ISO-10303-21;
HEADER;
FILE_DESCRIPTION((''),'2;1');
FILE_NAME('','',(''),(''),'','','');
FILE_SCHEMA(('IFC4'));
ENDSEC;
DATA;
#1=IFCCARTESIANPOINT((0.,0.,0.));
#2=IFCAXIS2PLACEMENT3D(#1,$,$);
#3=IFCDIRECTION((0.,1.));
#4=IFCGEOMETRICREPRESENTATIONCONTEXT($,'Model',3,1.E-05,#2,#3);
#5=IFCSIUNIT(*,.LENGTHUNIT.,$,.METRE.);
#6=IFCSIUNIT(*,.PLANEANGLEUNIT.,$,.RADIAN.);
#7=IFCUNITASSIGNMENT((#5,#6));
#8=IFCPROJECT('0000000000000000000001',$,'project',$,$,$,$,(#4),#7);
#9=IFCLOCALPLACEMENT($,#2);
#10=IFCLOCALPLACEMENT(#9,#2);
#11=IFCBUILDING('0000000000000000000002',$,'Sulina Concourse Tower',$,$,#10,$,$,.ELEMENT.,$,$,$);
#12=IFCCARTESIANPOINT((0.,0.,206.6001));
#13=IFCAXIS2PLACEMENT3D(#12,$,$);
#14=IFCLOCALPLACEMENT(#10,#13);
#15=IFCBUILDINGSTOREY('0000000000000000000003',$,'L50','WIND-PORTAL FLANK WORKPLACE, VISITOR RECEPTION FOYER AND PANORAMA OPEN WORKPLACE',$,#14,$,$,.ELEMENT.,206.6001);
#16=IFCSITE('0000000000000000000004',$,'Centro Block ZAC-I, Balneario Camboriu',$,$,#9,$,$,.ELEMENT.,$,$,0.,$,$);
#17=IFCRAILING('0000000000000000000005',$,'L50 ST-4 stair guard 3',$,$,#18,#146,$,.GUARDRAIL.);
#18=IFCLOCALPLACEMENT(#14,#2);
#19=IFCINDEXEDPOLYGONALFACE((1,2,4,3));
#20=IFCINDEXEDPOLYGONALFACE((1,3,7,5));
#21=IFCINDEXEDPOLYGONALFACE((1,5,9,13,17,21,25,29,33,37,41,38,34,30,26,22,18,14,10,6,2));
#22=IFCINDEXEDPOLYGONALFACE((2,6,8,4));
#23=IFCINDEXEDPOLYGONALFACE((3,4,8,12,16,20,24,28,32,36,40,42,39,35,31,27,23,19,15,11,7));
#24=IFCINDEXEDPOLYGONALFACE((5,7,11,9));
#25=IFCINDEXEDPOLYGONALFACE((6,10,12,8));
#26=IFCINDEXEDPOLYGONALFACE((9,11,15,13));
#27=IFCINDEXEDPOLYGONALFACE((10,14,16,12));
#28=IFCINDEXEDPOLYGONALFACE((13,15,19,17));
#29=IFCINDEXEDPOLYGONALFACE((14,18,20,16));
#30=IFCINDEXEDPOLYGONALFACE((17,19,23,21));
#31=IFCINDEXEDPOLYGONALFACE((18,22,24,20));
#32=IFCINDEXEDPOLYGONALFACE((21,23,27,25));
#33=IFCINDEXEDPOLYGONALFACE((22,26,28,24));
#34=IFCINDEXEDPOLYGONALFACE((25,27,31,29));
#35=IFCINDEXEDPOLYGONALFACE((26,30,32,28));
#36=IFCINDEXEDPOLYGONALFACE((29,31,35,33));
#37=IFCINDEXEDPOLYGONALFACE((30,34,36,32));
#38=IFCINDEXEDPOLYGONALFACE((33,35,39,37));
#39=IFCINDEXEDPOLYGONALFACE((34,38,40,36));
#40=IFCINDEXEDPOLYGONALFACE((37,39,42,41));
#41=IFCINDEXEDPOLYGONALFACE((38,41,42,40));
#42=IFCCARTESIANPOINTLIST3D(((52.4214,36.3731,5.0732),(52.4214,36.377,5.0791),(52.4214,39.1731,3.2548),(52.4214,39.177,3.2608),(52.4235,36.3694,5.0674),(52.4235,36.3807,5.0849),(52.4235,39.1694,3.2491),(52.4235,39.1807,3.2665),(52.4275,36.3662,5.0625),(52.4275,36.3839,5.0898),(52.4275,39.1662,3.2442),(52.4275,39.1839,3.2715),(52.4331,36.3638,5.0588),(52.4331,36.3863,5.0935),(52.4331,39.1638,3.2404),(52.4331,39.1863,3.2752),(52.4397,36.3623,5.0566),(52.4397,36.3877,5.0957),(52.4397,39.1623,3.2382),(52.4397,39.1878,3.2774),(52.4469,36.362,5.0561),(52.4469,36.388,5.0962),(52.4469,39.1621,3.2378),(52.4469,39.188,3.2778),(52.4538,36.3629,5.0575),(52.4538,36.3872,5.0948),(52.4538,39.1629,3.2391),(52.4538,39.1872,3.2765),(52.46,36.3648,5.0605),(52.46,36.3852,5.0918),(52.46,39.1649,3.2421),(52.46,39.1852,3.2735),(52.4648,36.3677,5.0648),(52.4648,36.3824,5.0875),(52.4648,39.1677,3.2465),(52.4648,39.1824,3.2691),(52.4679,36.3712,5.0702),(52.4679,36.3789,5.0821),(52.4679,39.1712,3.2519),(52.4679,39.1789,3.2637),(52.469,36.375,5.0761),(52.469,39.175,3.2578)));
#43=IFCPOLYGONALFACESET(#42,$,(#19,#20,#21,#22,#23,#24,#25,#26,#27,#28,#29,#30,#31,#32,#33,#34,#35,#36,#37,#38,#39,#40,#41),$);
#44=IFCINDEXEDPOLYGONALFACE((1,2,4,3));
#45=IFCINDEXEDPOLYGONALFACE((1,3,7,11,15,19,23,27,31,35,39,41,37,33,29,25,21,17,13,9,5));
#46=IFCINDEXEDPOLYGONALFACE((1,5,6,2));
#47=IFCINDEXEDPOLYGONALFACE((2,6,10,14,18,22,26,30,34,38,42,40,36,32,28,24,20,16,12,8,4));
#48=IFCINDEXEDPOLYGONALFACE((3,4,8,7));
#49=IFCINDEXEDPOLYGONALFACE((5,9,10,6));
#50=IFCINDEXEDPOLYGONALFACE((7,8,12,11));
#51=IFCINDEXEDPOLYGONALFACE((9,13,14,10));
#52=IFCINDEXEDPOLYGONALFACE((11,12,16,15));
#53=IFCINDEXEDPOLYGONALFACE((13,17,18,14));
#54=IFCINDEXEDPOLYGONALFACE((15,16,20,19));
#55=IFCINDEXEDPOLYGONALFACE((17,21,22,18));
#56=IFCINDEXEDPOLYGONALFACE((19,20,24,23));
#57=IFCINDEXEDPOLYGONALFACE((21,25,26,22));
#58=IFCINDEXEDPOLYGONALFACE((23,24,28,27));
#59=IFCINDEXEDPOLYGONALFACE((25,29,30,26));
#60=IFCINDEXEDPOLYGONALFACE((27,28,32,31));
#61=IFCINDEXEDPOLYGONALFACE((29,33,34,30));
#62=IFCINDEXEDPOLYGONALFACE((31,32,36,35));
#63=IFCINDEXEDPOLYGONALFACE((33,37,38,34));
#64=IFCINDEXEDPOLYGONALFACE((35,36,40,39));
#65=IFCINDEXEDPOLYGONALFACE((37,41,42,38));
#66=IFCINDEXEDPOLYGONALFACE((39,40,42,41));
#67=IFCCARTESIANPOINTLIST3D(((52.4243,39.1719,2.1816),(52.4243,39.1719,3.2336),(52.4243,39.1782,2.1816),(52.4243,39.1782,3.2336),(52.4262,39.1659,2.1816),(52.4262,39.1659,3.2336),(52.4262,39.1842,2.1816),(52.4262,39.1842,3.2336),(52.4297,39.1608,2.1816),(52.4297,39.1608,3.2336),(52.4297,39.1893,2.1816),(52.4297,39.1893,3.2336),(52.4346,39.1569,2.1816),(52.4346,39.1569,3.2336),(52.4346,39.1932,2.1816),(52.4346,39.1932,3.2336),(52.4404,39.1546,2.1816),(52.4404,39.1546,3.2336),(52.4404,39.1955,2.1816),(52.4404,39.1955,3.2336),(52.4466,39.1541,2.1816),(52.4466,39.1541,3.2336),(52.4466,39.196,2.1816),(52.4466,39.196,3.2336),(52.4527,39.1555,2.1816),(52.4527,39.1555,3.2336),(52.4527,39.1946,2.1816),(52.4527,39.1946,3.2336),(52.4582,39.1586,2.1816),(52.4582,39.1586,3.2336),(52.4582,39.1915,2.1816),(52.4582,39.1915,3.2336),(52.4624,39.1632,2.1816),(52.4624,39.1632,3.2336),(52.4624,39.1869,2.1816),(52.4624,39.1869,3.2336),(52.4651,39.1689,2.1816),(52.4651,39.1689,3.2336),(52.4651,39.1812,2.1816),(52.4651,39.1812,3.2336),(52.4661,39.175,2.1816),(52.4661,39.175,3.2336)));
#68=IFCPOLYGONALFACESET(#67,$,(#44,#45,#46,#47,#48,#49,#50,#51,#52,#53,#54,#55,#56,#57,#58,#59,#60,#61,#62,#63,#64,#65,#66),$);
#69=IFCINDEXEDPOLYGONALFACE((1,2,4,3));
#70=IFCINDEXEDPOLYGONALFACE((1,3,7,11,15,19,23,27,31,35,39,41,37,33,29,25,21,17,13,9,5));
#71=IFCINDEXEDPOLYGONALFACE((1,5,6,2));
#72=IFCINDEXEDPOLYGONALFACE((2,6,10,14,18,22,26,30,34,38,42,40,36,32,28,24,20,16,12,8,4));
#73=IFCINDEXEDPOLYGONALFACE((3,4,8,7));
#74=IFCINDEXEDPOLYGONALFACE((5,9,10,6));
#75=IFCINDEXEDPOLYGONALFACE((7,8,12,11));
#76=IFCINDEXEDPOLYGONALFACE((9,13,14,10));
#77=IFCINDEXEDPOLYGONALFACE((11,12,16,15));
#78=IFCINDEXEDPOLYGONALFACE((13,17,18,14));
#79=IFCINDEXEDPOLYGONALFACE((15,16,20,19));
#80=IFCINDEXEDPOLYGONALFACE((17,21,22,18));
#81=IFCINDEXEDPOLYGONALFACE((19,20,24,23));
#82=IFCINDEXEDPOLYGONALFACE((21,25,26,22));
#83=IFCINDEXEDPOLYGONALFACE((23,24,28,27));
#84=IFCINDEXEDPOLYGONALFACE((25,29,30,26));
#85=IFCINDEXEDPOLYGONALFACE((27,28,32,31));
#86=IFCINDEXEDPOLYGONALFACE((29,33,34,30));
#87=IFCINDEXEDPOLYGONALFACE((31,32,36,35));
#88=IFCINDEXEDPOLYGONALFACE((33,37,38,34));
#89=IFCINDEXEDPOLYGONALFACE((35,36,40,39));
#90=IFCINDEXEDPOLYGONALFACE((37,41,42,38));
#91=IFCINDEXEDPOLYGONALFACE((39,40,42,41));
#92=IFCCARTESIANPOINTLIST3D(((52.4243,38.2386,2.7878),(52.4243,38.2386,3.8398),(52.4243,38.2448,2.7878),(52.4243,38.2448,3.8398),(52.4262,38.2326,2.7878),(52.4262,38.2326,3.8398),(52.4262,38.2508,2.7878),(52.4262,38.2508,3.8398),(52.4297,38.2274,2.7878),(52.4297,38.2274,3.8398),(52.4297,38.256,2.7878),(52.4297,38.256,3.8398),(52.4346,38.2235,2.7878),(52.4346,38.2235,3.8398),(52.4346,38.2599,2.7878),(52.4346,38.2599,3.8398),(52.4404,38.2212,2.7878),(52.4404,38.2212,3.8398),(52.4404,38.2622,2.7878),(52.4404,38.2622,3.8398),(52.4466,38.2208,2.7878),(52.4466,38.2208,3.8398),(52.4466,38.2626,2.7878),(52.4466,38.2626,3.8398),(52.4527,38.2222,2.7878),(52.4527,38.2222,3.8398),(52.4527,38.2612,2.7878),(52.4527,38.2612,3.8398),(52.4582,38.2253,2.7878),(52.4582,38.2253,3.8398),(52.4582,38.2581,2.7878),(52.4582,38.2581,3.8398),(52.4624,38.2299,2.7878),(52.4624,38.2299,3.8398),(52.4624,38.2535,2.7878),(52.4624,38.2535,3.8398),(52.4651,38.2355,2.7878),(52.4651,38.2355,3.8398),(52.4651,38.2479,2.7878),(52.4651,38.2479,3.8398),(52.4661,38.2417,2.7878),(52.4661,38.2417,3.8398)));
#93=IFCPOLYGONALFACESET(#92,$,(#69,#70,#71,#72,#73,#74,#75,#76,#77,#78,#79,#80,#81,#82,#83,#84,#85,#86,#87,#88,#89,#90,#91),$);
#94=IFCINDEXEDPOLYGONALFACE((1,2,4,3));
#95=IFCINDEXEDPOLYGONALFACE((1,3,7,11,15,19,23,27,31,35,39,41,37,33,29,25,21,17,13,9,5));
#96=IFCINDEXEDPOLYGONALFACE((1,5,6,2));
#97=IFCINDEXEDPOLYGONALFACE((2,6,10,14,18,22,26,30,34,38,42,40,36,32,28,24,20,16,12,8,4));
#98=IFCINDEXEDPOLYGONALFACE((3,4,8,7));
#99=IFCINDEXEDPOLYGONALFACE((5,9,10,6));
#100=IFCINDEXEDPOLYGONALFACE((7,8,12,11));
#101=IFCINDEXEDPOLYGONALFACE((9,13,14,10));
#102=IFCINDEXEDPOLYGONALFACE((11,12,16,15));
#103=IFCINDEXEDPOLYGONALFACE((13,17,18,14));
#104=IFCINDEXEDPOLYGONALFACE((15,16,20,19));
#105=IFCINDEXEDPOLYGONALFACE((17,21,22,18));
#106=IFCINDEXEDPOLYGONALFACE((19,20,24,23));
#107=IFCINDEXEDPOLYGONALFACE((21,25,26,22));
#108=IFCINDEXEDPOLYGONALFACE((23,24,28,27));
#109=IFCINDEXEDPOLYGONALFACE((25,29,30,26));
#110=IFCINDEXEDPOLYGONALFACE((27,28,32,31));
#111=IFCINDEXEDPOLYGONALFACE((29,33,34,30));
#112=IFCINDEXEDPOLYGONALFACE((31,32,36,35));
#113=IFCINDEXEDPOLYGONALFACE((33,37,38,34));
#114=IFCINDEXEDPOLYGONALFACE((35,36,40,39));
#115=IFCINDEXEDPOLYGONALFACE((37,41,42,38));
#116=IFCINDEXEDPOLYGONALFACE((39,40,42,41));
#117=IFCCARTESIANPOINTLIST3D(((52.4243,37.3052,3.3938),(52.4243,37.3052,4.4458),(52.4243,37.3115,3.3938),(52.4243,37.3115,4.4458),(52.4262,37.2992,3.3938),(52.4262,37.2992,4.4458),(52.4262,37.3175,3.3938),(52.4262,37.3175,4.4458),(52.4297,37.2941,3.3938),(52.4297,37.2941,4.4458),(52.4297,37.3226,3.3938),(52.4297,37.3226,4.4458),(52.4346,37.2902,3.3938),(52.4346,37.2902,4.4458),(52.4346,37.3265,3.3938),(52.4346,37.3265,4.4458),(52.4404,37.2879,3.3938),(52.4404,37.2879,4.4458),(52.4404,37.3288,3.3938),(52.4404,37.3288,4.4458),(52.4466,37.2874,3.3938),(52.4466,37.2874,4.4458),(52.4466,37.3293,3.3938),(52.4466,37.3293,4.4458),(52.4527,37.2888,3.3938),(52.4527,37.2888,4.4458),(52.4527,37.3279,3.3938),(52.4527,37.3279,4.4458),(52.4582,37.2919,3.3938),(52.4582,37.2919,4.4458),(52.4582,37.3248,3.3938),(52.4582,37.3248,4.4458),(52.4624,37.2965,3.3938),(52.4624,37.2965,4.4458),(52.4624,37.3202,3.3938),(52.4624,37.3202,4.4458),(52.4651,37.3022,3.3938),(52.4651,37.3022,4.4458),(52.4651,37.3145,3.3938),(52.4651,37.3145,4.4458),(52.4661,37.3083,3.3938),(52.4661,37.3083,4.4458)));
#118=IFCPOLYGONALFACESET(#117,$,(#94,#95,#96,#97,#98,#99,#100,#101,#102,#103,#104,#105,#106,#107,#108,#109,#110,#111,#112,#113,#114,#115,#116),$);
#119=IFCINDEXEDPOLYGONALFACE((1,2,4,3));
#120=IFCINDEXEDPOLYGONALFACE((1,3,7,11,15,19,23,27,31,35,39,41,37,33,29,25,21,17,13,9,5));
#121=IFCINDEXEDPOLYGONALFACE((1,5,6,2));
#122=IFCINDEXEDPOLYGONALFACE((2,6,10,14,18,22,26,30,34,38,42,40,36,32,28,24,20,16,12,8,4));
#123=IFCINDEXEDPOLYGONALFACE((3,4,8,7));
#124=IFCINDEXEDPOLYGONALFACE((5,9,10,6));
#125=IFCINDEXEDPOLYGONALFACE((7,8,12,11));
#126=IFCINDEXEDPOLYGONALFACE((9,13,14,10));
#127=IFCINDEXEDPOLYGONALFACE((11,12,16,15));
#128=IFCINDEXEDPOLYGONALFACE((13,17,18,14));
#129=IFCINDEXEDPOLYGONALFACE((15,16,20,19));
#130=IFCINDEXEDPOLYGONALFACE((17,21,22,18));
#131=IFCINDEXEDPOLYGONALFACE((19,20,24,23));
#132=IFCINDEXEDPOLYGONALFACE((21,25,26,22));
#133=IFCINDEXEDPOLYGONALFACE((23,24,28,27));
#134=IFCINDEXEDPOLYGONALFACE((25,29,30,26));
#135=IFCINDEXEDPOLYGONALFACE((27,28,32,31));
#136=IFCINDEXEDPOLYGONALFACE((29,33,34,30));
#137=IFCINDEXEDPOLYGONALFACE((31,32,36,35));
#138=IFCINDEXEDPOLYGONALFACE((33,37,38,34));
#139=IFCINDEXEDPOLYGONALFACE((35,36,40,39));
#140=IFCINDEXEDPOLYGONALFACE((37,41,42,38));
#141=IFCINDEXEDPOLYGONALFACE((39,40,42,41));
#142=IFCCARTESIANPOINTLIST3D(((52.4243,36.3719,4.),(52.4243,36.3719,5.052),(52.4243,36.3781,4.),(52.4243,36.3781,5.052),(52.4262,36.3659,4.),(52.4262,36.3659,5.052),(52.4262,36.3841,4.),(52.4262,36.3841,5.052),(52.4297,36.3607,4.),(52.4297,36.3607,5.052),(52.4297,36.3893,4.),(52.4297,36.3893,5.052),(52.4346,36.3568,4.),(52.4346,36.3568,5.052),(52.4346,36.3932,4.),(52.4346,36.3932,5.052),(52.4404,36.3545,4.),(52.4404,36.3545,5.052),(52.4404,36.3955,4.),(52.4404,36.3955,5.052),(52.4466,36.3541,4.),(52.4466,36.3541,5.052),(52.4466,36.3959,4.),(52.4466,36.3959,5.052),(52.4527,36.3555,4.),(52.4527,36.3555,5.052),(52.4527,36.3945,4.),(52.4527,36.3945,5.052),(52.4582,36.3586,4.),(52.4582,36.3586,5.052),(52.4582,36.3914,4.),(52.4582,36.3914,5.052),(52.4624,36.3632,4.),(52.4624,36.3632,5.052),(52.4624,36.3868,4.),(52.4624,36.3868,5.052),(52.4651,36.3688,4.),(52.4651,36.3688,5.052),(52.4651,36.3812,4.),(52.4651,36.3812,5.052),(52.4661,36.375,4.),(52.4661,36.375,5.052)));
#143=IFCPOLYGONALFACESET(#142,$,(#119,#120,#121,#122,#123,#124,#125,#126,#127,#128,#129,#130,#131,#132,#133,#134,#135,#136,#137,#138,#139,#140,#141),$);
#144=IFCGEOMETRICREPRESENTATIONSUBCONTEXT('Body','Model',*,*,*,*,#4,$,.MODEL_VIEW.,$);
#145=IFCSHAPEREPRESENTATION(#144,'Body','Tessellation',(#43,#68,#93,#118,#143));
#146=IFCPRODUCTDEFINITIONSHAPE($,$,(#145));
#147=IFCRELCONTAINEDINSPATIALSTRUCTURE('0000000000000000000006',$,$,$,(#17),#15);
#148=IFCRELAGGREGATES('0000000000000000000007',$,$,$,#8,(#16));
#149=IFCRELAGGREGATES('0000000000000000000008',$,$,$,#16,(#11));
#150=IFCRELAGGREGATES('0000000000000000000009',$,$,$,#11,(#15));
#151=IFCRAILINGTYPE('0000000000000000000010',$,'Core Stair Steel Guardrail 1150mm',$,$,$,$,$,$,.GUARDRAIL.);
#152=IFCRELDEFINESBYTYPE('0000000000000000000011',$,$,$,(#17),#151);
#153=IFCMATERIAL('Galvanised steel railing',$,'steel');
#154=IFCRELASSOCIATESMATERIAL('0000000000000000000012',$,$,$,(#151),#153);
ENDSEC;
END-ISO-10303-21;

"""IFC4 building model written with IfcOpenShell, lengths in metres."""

from ifc_helpers import new_model, si_unit, direction, frame, origin, origin_2d, place, context, subcontext, project, spatial, circle, extrude, material, type_object, element, save


model = new_model("IFC4")

# Units and contexts
model_context = context("Model", 3, precision=1e-05, world=origin(), true_north=direction((0.0, 1.0)))
body_context = subcontext(model_context, "Body", "Model", "MODEL_VIEW")
ifc_project = project(units=[si_unit("LENGTHUNIT", "METRE"), si_unit("PLANEANGLEUNIT", "RADIAN")], contexts=[model_context])

# Site, building, storey
site_placement = place(None, origin())
site = spatial("IfcSite", under=ifc_project, at=site_placement, Name="Centro Block ZAC-I, Balneario Camboriu", CompositionType="ELEMENT", RefElevation=0.0)
building_placement = place(site_placement, origin())
building = spatial("IfcBuilding", under=site, at=building_placement, Name="Sulina Concourse Tower", CompositionType="ELEMENT")
storey_placement = place(building_placement, frame((0.0, 0.0, 206.6001)))
storey = spatial("IfcBuildingStorey", under=building, at=storey_placement, Name="L50", Description="WIND-PORTAL FLANK WORKPLACE, VISITOR RECEPTION FOYER AND PANORAMA OPEN WORKPLACE", CompositionType="ELEMENT", Elevation=206.6001)

# Railing
ifc_material_1 = material(Name="Galvanised steel railing", Category="steel")
railing_type_1 = type_object("IfcRailingType", Name="Core Stair Steel Guardrail 1150mm", PredefinedType="GUARDRAIL", material=ifc_material_1)
railing_1_placement = place(storey_placement, frame((52.4451, 39.175, 2.1816)))
element("IfcRailing", 1, at=railing_1_placement, inside=storey, type_object=railing_type_1, Name="L50 ST-4 stair guard 3", PredefinedType="GUARDRAIL", context=body_context, shape_type="SweptSolid", body=[
    extrude(circle(Radius=0.0239, at=origin_2d()), frame((0.0, 0.0, 1.0762), z_axis=(0.0, -0.838672, 0.544636), x_axis=(1.0, 0.0, 0.0)), (0.0, 0.0, 1.0), 3.3386),
    extrude(circle(Radius=0.021, at=origin_2d()), origin(), (0.0, 0.0, 1.0), 1.052),
    extrude(circle(Radius=0.021, at=origin_2d()), frame((0.0, -0.9333, 0.6062)), (0.0, 0.0, 1.0), 1.052),
    extrude(circle(Radius=0.021, at=origin_2d()), frame((0.0, -1.8667, 1.2122)), (0.0, 0.0, 1.0), 1.052),
    extrude(circle(Radius=0.021, at=origin_2d()), frame((0.0, -2.8, 1.8184)), (0.0, 0.0, 1.0), 1.052),
])

save(model, "model.ifc")
